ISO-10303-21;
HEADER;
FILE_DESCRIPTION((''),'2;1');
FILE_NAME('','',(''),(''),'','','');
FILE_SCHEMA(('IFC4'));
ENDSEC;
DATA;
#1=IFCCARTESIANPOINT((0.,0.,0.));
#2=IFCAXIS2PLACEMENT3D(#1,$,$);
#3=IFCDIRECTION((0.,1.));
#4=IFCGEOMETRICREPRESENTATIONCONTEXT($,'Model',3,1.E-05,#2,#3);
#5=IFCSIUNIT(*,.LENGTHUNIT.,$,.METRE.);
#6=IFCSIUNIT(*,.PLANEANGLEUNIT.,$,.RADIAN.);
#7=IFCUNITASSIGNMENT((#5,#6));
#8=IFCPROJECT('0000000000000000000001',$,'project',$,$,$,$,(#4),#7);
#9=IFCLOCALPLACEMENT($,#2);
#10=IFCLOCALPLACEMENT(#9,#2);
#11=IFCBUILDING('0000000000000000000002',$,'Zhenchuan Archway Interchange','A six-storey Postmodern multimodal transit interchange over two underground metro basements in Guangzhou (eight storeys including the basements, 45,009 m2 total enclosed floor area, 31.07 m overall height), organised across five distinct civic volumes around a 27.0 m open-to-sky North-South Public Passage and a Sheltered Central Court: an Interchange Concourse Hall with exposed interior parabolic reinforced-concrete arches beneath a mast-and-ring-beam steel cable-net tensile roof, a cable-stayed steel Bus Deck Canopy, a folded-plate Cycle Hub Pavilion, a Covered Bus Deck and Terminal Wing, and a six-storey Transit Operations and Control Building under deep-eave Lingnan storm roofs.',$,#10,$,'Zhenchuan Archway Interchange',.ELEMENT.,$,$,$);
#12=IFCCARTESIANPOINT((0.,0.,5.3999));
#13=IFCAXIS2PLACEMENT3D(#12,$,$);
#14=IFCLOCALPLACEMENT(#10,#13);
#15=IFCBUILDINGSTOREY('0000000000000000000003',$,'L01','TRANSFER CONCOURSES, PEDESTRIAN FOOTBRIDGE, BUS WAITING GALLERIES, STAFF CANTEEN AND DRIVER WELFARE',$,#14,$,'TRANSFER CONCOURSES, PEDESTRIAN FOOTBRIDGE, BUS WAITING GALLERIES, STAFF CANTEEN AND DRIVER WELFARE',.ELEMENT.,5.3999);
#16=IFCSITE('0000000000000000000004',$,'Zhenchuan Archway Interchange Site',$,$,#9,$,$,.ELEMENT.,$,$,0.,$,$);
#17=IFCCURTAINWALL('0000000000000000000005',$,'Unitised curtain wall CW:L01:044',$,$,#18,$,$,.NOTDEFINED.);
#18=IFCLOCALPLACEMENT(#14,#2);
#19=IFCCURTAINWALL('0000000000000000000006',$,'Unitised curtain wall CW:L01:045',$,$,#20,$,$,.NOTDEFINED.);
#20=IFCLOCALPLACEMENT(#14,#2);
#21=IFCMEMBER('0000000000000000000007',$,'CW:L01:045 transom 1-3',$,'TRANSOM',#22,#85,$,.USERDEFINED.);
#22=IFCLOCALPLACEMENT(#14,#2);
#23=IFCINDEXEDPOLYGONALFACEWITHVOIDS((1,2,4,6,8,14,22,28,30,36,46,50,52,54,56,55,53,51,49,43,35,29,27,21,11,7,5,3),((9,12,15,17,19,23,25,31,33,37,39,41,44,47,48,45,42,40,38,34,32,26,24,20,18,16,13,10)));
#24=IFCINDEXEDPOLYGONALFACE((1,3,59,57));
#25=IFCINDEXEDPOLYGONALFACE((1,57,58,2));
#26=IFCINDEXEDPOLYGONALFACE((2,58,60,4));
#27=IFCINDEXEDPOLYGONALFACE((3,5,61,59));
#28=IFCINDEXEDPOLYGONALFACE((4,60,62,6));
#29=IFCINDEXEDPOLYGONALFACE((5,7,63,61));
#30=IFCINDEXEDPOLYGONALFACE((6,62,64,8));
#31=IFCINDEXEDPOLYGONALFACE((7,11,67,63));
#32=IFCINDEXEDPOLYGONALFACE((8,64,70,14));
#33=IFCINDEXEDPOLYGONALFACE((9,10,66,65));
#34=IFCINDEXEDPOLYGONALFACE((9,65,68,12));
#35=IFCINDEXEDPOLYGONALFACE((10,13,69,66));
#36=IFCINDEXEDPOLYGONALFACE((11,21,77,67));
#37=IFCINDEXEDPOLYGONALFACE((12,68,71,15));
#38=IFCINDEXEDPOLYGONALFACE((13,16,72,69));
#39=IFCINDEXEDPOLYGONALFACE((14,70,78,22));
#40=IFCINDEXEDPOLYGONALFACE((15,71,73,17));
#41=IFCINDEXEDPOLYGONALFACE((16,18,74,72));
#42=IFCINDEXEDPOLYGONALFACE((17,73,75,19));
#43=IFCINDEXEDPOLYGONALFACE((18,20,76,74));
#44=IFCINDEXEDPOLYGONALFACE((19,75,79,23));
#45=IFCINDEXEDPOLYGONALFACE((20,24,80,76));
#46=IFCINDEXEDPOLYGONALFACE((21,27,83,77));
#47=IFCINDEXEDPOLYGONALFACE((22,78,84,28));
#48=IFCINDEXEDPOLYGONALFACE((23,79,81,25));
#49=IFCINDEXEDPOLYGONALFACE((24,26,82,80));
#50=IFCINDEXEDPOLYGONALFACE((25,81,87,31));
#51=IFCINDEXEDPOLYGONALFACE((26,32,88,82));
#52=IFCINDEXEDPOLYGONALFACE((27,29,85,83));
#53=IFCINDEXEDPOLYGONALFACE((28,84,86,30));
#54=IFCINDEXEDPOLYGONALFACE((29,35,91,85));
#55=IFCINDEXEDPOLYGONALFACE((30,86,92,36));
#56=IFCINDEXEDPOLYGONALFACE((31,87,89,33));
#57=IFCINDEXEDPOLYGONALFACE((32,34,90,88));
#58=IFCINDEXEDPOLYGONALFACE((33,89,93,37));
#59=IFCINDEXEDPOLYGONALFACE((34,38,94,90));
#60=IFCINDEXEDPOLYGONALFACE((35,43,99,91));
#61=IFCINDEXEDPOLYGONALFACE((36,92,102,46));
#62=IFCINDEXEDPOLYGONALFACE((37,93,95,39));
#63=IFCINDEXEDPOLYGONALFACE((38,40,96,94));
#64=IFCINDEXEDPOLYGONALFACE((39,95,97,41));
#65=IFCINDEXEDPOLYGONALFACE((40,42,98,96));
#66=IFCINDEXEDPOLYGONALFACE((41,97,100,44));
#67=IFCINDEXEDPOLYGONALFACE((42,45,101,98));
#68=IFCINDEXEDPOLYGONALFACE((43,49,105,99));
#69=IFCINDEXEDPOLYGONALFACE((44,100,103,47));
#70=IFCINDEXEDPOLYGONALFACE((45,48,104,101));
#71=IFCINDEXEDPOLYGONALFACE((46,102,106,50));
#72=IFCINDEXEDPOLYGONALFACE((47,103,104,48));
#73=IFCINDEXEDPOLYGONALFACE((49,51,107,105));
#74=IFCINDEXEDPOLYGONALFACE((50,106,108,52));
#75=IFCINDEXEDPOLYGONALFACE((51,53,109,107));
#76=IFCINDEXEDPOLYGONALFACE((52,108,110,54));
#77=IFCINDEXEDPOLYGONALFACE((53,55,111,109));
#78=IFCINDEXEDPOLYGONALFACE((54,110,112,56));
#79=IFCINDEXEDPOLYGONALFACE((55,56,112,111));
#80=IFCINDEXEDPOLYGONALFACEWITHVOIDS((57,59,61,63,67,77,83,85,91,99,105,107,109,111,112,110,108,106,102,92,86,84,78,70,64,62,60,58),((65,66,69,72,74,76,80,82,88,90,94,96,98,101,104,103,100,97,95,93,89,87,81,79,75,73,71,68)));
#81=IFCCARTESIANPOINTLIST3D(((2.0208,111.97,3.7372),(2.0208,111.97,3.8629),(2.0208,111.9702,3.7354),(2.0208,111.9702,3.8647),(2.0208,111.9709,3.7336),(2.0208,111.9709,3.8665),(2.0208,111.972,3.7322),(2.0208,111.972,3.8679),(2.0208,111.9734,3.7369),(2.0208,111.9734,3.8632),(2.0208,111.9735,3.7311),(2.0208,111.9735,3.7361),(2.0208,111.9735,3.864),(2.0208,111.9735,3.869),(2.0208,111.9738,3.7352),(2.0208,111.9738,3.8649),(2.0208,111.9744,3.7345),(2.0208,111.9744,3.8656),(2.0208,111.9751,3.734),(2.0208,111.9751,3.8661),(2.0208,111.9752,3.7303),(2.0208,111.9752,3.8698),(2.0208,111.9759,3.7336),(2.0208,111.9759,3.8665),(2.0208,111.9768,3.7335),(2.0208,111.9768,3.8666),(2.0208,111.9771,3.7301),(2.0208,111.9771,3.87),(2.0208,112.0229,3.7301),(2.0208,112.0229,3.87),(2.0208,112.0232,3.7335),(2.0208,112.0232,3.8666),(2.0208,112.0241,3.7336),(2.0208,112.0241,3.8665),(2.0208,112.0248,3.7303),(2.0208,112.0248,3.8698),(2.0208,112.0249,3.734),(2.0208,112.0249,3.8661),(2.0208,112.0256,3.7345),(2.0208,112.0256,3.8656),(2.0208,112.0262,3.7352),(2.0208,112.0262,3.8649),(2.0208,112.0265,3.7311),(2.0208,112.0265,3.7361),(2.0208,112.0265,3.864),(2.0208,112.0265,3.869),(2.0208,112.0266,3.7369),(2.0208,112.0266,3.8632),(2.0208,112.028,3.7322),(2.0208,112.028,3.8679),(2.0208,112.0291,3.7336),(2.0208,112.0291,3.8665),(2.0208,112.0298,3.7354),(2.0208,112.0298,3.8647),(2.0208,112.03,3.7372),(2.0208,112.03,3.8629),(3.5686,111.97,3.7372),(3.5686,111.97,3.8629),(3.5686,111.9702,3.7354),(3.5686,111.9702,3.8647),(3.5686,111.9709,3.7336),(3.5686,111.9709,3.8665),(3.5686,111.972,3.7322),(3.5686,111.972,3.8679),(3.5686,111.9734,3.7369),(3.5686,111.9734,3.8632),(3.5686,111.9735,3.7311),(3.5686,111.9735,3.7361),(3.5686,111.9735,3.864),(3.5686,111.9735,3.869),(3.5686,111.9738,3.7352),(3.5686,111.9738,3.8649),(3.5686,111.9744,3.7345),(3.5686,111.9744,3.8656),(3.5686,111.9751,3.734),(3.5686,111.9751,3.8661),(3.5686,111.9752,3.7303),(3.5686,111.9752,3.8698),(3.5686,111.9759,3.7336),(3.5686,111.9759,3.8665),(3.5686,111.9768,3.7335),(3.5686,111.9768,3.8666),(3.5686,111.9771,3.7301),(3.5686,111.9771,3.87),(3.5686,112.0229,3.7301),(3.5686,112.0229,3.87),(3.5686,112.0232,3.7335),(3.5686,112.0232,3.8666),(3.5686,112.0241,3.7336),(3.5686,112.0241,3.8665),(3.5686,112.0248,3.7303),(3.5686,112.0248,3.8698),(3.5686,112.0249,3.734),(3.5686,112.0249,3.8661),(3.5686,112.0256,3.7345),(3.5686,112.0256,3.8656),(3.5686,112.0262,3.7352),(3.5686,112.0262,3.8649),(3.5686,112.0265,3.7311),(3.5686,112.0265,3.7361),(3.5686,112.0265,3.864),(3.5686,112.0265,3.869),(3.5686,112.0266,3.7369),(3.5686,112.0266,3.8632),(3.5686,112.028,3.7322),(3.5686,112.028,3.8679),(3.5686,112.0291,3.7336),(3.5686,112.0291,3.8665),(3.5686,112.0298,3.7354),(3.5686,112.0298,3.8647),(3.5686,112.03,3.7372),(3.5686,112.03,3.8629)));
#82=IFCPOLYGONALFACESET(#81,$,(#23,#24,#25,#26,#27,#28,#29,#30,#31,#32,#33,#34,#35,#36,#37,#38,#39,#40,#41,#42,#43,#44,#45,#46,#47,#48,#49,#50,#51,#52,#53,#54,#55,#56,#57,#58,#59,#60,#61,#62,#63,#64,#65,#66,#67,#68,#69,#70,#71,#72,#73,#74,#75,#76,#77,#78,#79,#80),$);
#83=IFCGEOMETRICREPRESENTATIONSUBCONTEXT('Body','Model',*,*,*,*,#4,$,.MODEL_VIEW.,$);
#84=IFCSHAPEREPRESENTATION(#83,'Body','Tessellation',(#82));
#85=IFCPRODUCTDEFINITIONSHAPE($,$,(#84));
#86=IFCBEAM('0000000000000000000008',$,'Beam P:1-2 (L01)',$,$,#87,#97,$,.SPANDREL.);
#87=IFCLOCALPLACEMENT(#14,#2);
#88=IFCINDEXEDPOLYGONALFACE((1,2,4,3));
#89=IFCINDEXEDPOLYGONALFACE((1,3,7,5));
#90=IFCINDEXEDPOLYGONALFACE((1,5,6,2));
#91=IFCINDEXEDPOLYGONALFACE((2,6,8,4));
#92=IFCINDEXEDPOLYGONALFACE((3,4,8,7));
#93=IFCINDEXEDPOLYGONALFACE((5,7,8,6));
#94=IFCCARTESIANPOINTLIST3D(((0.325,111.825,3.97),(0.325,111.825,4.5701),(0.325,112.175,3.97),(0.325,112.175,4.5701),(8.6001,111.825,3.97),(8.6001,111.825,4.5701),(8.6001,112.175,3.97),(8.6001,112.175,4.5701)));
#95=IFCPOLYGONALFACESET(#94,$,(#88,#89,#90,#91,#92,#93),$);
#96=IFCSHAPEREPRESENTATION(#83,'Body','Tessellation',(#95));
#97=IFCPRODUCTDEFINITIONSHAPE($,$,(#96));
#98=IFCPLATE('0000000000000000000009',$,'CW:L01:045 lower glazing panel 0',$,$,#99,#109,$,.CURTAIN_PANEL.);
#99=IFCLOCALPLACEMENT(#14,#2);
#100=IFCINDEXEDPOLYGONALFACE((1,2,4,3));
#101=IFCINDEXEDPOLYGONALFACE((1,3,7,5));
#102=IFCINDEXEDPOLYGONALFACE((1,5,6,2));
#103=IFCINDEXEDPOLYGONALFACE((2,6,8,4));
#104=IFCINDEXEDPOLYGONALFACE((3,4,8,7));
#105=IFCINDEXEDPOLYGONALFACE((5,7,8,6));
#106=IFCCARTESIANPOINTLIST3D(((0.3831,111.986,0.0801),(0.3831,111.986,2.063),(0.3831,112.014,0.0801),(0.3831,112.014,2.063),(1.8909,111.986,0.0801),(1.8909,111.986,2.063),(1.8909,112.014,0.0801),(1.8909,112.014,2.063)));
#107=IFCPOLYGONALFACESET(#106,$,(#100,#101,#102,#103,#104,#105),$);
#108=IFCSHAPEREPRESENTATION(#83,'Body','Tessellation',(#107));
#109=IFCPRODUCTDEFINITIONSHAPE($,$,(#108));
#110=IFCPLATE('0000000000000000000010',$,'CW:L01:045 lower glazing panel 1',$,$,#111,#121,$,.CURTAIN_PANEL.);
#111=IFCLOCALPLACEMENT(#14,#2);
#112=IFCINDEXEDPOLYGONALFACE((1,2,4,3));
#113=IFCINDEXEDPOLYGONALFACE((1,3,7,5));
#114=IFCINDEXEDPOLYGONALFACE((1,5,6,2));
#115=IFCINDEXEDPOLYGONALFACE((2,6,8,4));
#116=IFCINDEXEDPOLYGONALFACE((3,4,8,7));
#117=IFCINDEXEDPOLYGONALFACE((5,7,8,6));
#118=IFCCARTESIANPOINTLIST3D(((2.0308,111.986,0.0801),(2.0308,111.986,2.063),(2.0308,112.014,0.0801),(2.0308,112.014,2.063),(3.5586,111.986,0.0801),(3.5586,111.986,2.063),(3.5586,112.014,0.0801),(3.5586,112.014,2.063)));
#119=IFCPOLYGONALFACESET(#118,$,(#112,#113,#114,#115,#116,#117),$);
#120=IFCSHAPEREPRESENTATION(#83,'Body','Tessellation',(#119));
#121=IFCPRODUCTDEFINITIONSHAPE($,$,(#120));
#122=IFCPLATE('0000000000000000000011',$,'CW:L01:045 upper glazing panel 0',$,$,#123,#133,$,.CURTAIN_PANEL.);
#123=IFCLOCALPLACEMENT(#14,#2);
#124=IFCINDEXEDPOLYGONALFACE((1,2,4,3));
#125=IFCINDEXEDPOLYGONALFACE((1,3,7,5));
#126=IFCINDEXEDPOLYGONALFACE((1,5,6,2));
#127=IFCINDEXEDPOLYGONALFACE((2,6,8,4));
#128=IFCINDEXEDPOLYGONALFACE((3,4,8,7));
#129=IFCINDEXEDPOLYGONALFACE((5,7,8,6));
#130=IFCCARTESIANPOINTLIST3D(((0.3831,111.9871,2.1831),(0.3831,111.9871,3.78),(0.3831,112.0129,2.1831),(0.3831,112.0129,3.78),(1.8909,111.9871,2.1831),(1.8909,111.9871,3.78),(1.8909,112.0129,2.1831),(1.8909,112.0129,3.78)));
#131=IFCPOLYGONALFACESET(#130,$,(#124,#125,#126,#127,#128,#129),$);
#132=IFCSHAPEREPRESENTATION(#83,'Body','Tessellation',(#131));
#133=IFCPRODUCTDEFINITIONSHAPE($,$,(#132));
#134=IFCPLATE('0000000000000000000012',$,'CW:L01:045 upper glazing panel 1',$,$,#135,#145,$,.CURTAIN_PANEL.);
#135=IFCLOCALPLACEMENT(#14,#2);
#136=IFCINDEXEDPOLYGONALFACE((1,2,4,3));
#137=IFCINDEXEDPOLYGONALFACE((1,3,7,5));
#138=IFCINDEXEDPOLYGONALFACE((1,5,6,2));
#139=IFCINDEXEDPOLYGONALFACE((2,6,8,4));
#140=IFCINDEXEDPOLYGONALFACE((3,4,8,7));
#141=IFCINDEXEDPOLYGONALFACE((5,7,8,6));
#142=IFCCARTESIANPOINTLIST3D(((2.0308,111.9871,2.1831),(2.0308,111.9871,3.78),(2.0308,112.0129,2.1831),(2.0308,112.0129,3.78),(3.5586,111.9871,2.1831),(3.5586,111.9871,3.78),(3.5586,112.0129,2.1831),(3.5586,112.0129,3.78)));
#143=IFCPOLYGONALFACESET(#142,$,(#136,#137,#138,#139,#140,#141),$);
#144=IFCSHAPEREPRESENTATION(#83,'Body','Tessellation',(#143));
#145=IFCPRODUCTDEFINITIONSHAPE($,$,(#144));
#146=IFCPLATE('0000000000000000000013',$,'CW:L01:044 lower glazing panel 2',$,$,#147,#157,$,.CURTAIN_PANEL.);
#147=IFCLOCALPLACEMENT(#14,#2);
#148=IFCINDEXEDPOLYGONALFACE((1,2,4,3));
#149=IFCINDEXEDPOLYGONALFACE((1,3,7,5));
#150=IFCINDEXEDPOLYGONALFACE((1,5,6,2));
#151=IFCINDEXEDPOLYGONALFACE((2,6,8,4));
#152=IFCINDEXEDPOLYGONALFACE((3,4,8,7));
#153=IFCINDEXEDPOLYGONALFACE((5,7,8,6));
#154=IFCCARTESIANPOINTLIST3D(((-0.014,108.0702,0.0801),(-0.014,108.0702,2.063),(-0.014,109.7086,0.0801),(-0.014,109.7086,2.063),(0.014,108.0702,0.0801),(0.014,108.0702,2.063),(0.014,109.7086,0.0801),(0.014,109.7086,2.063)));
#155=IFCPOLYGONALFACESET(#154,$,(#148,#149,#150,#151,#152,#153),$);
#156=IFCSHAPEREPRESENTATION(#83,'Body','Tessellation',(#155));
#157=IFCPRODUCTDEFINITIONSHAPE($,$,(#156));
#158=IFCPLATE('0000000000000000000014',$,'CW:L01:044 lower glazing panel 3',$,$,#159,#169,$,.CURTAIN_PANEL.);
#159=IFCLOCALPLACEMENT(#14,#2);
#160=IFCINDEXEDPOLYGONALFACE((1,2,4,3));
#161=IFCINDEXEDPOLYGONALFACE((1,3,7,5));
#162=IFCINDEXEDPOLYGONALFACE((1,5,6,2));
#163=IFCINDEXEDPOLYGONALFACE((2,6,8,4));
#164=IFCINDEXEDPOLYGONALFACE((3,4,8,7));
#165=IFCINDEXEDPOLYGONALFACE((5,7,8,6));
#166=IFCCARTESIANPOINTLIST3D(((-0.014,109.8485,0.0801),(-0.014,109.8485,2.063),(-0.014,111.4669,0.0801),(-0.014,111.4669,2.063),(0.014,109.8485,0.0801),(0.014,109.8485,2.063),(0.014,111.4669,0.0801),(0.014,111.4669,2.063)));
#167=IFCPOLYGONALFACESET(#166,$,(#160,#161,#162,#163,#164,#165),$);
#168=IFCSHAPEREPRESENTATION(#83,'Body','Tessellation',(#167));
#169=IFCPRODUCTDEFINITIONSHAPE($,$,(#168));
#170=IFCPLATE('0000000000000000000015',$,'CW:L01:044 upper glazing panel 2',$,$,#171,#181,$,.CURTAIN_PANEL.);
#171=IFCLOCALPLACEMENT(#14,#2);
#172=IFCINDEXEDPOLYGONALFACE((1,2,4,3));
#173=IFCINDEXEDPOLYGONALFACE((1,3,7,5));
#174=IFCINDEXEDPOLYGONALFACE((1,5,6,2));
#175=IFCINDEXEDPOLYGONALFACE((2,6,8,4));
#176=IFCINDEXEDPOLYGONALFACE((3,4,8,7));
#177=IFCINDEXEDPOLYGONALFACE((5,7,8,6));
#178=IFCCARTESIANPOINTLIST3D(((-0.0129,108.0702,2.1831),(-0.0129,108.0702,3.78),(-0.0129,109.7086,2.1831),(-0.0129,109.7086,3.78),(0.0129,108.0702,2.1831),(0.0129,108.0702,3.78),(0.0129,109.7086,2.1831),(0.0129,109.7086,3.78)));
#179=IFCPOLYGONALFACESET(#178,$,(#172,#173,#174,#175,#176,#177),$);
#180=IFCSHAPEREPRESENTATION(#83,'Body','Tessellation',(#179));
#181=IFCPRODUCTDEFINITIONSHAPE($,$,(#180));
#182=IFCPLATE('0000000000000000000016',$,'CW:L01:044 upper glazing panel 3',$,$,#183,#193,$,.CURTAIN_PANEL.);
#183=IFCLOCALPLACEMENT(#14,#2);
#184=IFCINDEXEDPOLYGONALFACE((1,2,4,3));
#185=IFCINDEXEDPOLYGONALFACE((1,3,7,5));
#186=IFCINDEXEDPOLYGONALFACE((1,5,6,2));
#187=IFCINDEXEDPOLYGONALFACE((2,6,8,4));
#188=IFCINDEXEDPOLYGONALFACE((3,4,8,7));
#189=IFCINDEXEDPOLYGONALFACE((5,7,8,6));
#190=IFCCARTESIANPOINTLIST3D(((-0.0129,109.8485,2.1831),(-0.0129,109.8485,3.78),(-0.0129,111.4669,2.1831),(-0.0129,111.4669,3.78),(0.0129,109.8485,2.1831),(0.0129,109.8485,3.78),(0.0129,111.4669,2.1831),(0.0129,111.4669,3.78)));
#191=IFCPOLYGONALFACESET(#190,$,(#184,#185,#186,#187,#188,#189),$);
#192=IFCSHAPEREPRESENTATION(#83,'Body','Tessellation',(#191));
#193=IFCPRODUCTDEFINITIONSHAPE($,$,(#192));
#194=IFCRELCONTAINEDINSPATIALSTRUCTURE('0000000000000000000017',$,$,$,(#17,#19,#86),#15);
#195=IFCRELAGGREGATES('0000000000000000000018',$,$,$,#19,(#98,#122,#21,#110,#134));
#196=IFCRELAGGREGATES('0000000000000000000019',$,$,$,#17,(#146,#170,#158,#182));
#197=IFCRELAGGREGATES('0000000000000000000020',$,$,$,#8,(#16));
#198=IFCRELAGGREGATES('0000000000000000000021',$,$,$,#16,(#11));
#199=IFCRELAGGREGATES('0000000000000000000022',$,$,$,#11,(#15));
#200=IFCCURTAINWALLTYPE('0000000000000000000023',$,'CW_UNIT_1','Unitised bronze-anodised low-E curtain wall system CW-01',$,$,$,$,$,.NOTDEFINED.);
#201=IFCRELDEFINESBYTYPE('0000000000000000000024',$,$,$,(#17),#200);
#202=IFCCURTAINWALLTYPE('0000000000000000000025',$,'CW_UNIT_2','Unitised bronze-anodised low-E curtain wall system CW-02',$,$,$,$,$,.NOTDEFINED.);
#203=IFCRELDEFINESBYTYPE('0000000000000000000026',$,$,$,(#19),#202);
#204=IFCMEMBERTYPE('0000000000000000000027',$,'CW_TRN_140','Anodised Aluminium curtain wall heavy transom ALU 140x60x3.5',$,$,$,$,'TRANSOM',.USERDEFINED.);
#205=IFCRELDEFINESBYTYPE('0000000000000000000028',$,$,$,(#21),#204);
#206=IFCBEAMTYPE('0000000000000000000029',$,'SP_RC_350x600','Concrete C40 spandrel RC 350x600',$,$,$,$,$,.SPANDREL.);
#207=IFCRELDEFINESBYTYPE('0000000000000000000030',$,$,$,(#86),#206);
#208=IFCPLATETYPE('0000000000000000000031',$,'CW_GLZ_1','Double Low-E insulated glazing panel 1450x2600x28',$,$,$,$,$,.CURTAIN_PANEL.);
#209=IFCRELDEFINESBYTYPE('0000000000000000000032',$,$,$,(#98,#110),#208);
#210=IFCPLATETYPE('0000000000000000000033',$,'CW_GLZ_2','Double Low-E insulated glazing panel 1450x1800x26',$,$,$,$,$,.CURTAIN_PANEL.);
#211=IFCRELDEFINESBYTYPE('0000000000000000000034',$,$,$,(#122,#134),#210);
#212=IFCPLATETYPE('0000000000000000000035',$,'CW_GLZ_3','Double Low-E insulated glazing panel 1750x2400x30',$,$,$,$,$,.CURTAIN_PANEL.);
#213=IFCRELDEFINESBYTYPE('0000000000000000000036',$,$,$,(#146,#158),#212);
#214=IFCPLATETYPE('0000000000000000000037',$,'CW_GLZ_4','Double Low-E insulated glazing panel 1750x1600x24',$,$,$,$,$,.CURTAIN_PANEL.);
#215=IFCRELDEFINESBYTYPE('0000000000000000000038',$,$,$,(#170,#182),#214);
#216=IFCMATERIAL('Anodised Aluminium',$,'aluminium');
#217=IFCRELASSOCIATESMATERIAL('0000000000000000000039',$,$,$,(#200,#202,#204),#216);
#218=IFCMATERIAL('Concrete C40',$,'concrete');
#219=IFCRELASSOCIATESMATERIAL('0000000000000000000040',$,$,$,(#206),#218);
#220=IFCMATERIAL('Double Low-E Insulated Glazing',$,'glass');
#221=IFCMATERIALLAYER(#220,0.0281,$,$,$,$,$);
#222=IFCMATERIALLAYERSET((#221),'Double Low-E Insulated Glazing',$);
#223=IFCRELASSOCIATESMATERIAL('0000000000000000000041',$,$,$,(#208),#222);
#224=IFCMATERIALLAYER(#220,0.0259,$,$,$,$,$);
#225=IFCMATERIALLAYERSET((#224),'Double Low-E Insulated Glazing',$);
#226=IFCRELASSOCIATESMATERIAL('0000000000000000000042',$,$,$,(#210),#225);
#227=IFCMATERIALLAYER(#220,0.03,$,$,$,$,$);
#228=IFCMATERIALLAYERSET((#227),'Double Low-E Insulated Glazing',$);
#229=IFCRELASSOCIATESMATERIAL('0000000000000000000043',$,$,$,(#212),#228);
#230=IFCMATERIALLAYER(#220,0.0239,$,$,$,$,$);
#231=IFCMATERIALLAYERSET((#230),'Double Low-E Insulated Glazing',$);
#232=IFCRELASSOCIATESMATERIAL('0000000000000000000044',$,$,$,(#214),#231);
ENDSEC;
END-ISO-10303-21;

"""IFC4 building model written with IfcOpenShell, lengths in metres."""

from ifc_helpers import new_model, si_unit, direction, frame, origin, origin_2d, place, context, subcontext, project, spatial, rectangle, hollow_rectangle, extrude, material, layer, layer_set, material_profile, profile_set, type_object, element, aggregate, save


model = new_model("IFC4")

# Units and contexts
model_context = context("Model", 3, precision=1e-05, world=origin(), true_north=direction((0.0, 1.0)))
body_context = subcontext(model_context, "Body", "Model", "MODEL_VIEW")
ifc_project = project(units=[si_unit("LENGTHUNIT", "METRE"), si_unit("PLANEANGLEUNIT", "RADIAN")], contexts=[model_context])

# Site, building, storey
site_placement = place(None, origin())
site = spatial("IfcSite", under=ifc_project, at=site_placement, Name="Zhenchuan Archway Interchange Site", CompositionType="ELEMENT", RefElevation=0.0)
building_placement = place(site_placement, origin())
building = spatial("IfcBuilding", under=site, at=building_placement, Name="Zhenchuan Archway Interchange", Description="A six-storey Postmodern multimodal transit interchange over two underground metro basements in Guangzhou (eight storeys including the basements, 45,009 m2 total enclosed floor area, 31.07 m overall height), organised across five distinct civic volumes around a 27.0 m open-to-sky North-South Public Passage and a Sheltered Central Court: an Interchange Concourse Hall with exposed interior parabolic reinforced-concrete arches beneath a mast-and-ring-beam steel cable-net tensile roof, a cable-stayed steel Bus Deck Canopy, a folded-plate Cycle Hub Pavilion, a Covered Bus Deck and Terminal Wing, and a six-storey Transit Operations and Control Building under deep-eave Lingnan storm roofs.", LongName="Zhenchuan Archway Interchange", CompositionType="ELEMENT")
storey_placement = place(building_placement, frame((0.0, 0.0, 5.3999)))
storey = spatial("IfcBuildingStorey", under=building, at=storey_placement, Name="L01", Description="TRANSFER CONCOURSES, PEDESTRIAN FOOTBRIDGE, BUS WAITING GALLERIES, STAFF CANTEEN AND DRIVER WELFARE", LongName="TRANSFER CONCOURSES, PEDESTRIAN FOOTBRIDGE, BUS WAITING GALLERIES, STAFF CANTEEN AND DRIVER WELFARE", CompositionType="ELEMENT", Elevation=5.3999)

# Shared definitions
ifc_material_1 = material(Name="Concrete C40", Category="concrete")

# Curtain walls
ifc_material_2 = material(Name="Anodised Aluminium", Category="aluminium")
curtain_wall_type_1 = type_object("IfcCurtainWallType", Name="CW_UNIT_1", Description="Unitised bronze-anodised low-E curtain wall system CW-01", PredefinedType="NOTDEFINED", material=ifc_material_2)
curtain_wall_1_placement = place(storey_placement, origin())
curtain_wall_1 = element("IfcCurtainWall", 1, at=curtain_wall_1_placement, inside=storey, type_object=curtain_wall_type_1, Name="Unitised curtain wall CW:L01:044", PredefinedType="NOTDEFINED")
curtain_wall_type_2 = type_object("IfcCurtainWallType", Name="CW_UNIT_2", Description="Unitised bronze-anodised low-E curtain wall system CW-02", PredefinedType="NOTDEFINED", material=ifc_material_2)
curtain_wall_2_placement = place(storey_placement, origin())
curtain_wall_2 = element("IfcCurtainWall", 2, at=curtain_wall_2_placement, inside=storey, type_object=curtain_wall_type_2, Name="Unitised curtain wall CW:L01:045", PredefinedType="NOTDEFINED")

# Member
ifc_material_profile_1 = material_profile(ifc_material_2, hollow_rectangle(XDim=0.0601, YDim=0.1399, WallThickness=0.0034, InnerFilletRadius=0.0034, OuterFilletRadius=0.0071, at=origin_2d()), Name="ALU 140x60x3.5")
ifc_profile_set_1 = profile_set([ifc_material_profile_1], Name="Anodised Aluminium")
member_type_1 = type_object("IfcMemberType", Name="CW_TRN_140", Description="Anodised Aluminium curtain wall heavy transom ALU 140x60x3.5", ElementType="TRANSOM", PredefinedType="USERDEFINED", material=ifc_profile_set_1)
member_1_placement = place(storey_placement, frame((2.0208, 112.0, 3.8), z_axis=(1.0, 0.0, 0.0), x_axis=(0.0, 1.0, 0.0)))
member_1 = element("IfcMember", 3, at=member_1_placement, type_object=member_type_1, Name="CW:L01:045 transom 1-3", ObjectType="TRANSOM", PredefinedType="USERDEFINED", context=body_context, shape_type="SweptSolid", body=[
    extrude(hollow_rectangle(XDim=0.0601, YDim=0.1399, WallThickness=0.0034, InnerFilletRadius=0.0034, OuterFilletRadius=0.0071, at=origin_2d()), origin(), (0.0, 0.0, 1.0), 1.5479),
])

# Beam
ifc_material_profile_2 = material_profile(ifc_material_1, rectangle(XDim=0.3501, YDim=0.6001, at=origin_2d()), Name="RC 350x600")
ifc_profile_set_2 = profile_set([ifc_material_profile_2], Name="Concrete C40")
beam_type = type_object("IfcBeamType", Name="SP_RC_350x600", Description="Concrete C40 spandrel RC 350x600", PredefinedType="SPANDREL", material=ifc_profile_set_2)
beam_placement = place(storey_placement, frame((0.325, 112.0, 4.27), z_axis=(1.0, 0.0, 0.0), x_axis=(0.0, 1.0, 0.0)))
element("IfcBeam", 4, at=beam_placement, inside=storey, type_object=beam_type, Name="Beam P:1-2 (L01)", PredefinedType="SPANDREL", context=body_context, shape_type="SweptSolid", body=[
    extrude(rectangle(XDim=0.3501, YDim=0.6001, at=origin_2d()), origin(), (0.0, 0.0, 1.0), 8.2751),
])

# Plates
ifc_material_3 = material(Name="Double Low-E Insulated Glazing", Category="glass")
ifc_layer_1 = layer(ifc_material_3, 0.0281)
ifc_layer_set_1 = layer_set([ifc_layer_1], Name="Double Low-E Insulated Glazing")
plate_type_1 = type_object("IfcPlateType", Name="CW_GLZ_1", Description="Double Low-E insulated glazing panel 1450x2600x28", PredefinedType="CURTAIN_PANEL", material=ifc_layer_set_1)
plate_1_placement = place(storey_placement, frame((1.137, 112.0, 0.0801), z_axis=(0.0, 0.0, 1.0), x_axis=(1.0, 0.0, 0.0)))
plate_1 = element("IfcPlate", 5, at=plate_1_placement, type_object=plate_type_1, Name="CW:L01:045 lower glazing panel 0", PredefinedType="CURTAIN_PANEL", context=body_context, shape_type="SweptSolid", body=[
    extrude(rectangle(XDim=1.5078, YDim=0.0281, at=origin_2d()), origin(), (0.0, 0.0, 1.0), 1.9829),
])
plate_2_placement = place(storey_placement, frame((2.7947, 112.0, 0.0801), z_axis=(0.0, 0.0, 1.0), x_axis=(1.0, 0.0, 0.0)))
plate_2 = element("IfcPlate", 6, at=plate_2_placement, type_object=plate_type_1, Name="CW:L01:045 lower glazing panel 1", PredefinedType="CURTAIN_PANEL", context=body_context, shape_type="SweptSolid", body=[
    extrude(rectangle(XDim=1.5278, YDim=0.0281, at=origin_2d()), origin(), (0.0, 0.0, 1.0), 1.9829),
])
ifc_layer_2 = layer(ifc_material_3, 0.0259)
ifc_layer_set_2 = layer_set([ifc_layer_2], Name="Double Low-E Insulated Glazing")
plate_type_2 = type_object("IfcPlateType", Name="CW_GLZ_2", Description="Double Low-E insulated glazing panel 1450x1800x26", PredefinedType="CURTAIN_PANEL", material=ifc_layer_set_2)
plate_3_placement = place(storey_placement, frame((1.137, 112.0, 2.1831), z_axis=(0.0, 0.0, 1.0), x_axis=(1.0, 0.0, 0.0)))
plate_3 = element("IfcPlate", 7, at=plate_3_placement, type_object=plate_type_2, Name="CW:L01:045 upper glazing panel 0", PredefinedType="CURTAIN_PANEL", context=body_context, shape_type="SweptSolid", body=[
    extrude(rectangle(XDim=1.5078, YDim=0.0259, at=origin_2d()), origin(), (0.0, 0.0, 1.0), 1.5969),
])
plate_4_placement = place(storey_placement, frame((2.7947, 112.0, 2.1831), z_axis=(0.0, 0.0, 1.0), x_axis=(1.0, 0.0, 0.0)))
plate_4 = element("IfcPlate", 8, at=plate_4_placement, type_object=plate_type_2, Name="CW:L01:045 upper glazing panel 1", PredefinedType="CURTAIN_PANEL", context=body_context, shape_type="SweptSolid", body=[
    extrude(rectangle(XDim=1.5278, YDim=0.0259, at=origin_2d()), origin(), (0.0, 0.0, 1.0), 1.5969),
])
aggregate(curtain_wall_2, [plate_1, plate_3, member_1, plate_2, plate_4])
ifc_layer_3 = layer(ifc_material_3, 0.03)
ifc_layer_set_3 = layer_set([ifc_layer_3], Name="Double Low-E Insulated Glazing")
plate_type_3 = type_object("IfcPlateType", Name="CW_GLZ_3", Description="Double Low-E insulated glazing panel 1750x2400x30", PredefinedType="CURTAIN_PANEL", material=ifc_layer_set_3)
plate_5_placement = place(storey_placement, frame((0.0, 108.8894, 0.0801), z_axis=(0.0, 0.0, 1.0), x_axis=(0.0, 1.0, 0.0)))
plate_5 = element("IfcPlate", 9, at=plate_5_placement, type_object=plate_type_3, Name="CW:L01:044 lower glazing panel 2", PredefinedType="CURTAIN_PANEL", context=body_context, shape_type="SweptSolid", body=[
    extrude(rectangle(XDim=1.6384, YDim=0.0281, at=origin_2d()), origin(), (0.0, 0.0, 1.0), 1.9829),
])
plate_6_placement = place(storey_placement, frame((0.0, 110.6577, 0.0801), z_axis=(0.0, 0.0, 1.0), x_axis=(0.0, 1.0, 0.0)))
plate_6 = element("IfcPlate", 10, at=plate_6_placement, type_object=plate_type_3, Name="CW:L01:044 lower glazing panel 3", PredefinedType="CURTAIN_PANEL", context=body_context, shape_type="SweptSolid", body=[
    extrude(rectangle(XDim=1.6184, YDim=0.0281, at=origin_2d()), origin(), (0.0, 0.0, 1.0), 1.9829),
])
ifc_layer_4 = layer(ifc_material_3, 0.0239)
ifc_layer_set_4 = layer_set([ifc_layer_4], Name="Double Low-E Insulated Glazing")
plate_type_4 = type_object("IfcPlateType", Name="CW_GLZ_4", Description="Double Low-E insulated glazing panel 1750x1600x24", PredefinedType="CURTAIN_PANEL", material=ifc_layer_set_4)
plate_7_placement = place(storey_placement, frame((0.0, 108.8894, 2.1831), z_axis=(0.0, 0.0, 1.0), x_axis=(0.0, 1.0, 0.0)))
plate_7 = element("IfcPlate", 11, at=plate_7_placement, type_object=plate_type_4, Name="CW:L01:044 upper glazing panel 2", PredefinedType="CURTAIN_PANEL", context=body_context, shape_type="SweptSolid", body=[
    extrude(rectangle(XDim=1.6384, YDim=0.0259, at=origin_2d()), origin(), (0.0, 0.0, 1.0), 1.5969),
])
plate_8_placement = place(storey_placement, frame((0.0, 110.6577, 2.1831), z_axis=(0.0, 0.0, 1.0), x_axis=(0.0, 1.0, 0.0)))
plate_8 = element("IfcPlate", 12, at=plate_8_placement, type_object=plate_type_4, Name="CW:L01:044 upper glazing panel 3", PredefinedType="CURTAIN_PANEL", context=body_context, shape_type="SweptSolid", body=[
    extrude(rectangle(XDim=1.6184, YDim=0.0259, at=origin_2d()), origin(), (0.0, 0.0, 1.0), 1.5969),
])
aggregate(curtain_wall_1, [plate_5, plate_7, plate_6, plate_8])

save(model, "model.ifc")
